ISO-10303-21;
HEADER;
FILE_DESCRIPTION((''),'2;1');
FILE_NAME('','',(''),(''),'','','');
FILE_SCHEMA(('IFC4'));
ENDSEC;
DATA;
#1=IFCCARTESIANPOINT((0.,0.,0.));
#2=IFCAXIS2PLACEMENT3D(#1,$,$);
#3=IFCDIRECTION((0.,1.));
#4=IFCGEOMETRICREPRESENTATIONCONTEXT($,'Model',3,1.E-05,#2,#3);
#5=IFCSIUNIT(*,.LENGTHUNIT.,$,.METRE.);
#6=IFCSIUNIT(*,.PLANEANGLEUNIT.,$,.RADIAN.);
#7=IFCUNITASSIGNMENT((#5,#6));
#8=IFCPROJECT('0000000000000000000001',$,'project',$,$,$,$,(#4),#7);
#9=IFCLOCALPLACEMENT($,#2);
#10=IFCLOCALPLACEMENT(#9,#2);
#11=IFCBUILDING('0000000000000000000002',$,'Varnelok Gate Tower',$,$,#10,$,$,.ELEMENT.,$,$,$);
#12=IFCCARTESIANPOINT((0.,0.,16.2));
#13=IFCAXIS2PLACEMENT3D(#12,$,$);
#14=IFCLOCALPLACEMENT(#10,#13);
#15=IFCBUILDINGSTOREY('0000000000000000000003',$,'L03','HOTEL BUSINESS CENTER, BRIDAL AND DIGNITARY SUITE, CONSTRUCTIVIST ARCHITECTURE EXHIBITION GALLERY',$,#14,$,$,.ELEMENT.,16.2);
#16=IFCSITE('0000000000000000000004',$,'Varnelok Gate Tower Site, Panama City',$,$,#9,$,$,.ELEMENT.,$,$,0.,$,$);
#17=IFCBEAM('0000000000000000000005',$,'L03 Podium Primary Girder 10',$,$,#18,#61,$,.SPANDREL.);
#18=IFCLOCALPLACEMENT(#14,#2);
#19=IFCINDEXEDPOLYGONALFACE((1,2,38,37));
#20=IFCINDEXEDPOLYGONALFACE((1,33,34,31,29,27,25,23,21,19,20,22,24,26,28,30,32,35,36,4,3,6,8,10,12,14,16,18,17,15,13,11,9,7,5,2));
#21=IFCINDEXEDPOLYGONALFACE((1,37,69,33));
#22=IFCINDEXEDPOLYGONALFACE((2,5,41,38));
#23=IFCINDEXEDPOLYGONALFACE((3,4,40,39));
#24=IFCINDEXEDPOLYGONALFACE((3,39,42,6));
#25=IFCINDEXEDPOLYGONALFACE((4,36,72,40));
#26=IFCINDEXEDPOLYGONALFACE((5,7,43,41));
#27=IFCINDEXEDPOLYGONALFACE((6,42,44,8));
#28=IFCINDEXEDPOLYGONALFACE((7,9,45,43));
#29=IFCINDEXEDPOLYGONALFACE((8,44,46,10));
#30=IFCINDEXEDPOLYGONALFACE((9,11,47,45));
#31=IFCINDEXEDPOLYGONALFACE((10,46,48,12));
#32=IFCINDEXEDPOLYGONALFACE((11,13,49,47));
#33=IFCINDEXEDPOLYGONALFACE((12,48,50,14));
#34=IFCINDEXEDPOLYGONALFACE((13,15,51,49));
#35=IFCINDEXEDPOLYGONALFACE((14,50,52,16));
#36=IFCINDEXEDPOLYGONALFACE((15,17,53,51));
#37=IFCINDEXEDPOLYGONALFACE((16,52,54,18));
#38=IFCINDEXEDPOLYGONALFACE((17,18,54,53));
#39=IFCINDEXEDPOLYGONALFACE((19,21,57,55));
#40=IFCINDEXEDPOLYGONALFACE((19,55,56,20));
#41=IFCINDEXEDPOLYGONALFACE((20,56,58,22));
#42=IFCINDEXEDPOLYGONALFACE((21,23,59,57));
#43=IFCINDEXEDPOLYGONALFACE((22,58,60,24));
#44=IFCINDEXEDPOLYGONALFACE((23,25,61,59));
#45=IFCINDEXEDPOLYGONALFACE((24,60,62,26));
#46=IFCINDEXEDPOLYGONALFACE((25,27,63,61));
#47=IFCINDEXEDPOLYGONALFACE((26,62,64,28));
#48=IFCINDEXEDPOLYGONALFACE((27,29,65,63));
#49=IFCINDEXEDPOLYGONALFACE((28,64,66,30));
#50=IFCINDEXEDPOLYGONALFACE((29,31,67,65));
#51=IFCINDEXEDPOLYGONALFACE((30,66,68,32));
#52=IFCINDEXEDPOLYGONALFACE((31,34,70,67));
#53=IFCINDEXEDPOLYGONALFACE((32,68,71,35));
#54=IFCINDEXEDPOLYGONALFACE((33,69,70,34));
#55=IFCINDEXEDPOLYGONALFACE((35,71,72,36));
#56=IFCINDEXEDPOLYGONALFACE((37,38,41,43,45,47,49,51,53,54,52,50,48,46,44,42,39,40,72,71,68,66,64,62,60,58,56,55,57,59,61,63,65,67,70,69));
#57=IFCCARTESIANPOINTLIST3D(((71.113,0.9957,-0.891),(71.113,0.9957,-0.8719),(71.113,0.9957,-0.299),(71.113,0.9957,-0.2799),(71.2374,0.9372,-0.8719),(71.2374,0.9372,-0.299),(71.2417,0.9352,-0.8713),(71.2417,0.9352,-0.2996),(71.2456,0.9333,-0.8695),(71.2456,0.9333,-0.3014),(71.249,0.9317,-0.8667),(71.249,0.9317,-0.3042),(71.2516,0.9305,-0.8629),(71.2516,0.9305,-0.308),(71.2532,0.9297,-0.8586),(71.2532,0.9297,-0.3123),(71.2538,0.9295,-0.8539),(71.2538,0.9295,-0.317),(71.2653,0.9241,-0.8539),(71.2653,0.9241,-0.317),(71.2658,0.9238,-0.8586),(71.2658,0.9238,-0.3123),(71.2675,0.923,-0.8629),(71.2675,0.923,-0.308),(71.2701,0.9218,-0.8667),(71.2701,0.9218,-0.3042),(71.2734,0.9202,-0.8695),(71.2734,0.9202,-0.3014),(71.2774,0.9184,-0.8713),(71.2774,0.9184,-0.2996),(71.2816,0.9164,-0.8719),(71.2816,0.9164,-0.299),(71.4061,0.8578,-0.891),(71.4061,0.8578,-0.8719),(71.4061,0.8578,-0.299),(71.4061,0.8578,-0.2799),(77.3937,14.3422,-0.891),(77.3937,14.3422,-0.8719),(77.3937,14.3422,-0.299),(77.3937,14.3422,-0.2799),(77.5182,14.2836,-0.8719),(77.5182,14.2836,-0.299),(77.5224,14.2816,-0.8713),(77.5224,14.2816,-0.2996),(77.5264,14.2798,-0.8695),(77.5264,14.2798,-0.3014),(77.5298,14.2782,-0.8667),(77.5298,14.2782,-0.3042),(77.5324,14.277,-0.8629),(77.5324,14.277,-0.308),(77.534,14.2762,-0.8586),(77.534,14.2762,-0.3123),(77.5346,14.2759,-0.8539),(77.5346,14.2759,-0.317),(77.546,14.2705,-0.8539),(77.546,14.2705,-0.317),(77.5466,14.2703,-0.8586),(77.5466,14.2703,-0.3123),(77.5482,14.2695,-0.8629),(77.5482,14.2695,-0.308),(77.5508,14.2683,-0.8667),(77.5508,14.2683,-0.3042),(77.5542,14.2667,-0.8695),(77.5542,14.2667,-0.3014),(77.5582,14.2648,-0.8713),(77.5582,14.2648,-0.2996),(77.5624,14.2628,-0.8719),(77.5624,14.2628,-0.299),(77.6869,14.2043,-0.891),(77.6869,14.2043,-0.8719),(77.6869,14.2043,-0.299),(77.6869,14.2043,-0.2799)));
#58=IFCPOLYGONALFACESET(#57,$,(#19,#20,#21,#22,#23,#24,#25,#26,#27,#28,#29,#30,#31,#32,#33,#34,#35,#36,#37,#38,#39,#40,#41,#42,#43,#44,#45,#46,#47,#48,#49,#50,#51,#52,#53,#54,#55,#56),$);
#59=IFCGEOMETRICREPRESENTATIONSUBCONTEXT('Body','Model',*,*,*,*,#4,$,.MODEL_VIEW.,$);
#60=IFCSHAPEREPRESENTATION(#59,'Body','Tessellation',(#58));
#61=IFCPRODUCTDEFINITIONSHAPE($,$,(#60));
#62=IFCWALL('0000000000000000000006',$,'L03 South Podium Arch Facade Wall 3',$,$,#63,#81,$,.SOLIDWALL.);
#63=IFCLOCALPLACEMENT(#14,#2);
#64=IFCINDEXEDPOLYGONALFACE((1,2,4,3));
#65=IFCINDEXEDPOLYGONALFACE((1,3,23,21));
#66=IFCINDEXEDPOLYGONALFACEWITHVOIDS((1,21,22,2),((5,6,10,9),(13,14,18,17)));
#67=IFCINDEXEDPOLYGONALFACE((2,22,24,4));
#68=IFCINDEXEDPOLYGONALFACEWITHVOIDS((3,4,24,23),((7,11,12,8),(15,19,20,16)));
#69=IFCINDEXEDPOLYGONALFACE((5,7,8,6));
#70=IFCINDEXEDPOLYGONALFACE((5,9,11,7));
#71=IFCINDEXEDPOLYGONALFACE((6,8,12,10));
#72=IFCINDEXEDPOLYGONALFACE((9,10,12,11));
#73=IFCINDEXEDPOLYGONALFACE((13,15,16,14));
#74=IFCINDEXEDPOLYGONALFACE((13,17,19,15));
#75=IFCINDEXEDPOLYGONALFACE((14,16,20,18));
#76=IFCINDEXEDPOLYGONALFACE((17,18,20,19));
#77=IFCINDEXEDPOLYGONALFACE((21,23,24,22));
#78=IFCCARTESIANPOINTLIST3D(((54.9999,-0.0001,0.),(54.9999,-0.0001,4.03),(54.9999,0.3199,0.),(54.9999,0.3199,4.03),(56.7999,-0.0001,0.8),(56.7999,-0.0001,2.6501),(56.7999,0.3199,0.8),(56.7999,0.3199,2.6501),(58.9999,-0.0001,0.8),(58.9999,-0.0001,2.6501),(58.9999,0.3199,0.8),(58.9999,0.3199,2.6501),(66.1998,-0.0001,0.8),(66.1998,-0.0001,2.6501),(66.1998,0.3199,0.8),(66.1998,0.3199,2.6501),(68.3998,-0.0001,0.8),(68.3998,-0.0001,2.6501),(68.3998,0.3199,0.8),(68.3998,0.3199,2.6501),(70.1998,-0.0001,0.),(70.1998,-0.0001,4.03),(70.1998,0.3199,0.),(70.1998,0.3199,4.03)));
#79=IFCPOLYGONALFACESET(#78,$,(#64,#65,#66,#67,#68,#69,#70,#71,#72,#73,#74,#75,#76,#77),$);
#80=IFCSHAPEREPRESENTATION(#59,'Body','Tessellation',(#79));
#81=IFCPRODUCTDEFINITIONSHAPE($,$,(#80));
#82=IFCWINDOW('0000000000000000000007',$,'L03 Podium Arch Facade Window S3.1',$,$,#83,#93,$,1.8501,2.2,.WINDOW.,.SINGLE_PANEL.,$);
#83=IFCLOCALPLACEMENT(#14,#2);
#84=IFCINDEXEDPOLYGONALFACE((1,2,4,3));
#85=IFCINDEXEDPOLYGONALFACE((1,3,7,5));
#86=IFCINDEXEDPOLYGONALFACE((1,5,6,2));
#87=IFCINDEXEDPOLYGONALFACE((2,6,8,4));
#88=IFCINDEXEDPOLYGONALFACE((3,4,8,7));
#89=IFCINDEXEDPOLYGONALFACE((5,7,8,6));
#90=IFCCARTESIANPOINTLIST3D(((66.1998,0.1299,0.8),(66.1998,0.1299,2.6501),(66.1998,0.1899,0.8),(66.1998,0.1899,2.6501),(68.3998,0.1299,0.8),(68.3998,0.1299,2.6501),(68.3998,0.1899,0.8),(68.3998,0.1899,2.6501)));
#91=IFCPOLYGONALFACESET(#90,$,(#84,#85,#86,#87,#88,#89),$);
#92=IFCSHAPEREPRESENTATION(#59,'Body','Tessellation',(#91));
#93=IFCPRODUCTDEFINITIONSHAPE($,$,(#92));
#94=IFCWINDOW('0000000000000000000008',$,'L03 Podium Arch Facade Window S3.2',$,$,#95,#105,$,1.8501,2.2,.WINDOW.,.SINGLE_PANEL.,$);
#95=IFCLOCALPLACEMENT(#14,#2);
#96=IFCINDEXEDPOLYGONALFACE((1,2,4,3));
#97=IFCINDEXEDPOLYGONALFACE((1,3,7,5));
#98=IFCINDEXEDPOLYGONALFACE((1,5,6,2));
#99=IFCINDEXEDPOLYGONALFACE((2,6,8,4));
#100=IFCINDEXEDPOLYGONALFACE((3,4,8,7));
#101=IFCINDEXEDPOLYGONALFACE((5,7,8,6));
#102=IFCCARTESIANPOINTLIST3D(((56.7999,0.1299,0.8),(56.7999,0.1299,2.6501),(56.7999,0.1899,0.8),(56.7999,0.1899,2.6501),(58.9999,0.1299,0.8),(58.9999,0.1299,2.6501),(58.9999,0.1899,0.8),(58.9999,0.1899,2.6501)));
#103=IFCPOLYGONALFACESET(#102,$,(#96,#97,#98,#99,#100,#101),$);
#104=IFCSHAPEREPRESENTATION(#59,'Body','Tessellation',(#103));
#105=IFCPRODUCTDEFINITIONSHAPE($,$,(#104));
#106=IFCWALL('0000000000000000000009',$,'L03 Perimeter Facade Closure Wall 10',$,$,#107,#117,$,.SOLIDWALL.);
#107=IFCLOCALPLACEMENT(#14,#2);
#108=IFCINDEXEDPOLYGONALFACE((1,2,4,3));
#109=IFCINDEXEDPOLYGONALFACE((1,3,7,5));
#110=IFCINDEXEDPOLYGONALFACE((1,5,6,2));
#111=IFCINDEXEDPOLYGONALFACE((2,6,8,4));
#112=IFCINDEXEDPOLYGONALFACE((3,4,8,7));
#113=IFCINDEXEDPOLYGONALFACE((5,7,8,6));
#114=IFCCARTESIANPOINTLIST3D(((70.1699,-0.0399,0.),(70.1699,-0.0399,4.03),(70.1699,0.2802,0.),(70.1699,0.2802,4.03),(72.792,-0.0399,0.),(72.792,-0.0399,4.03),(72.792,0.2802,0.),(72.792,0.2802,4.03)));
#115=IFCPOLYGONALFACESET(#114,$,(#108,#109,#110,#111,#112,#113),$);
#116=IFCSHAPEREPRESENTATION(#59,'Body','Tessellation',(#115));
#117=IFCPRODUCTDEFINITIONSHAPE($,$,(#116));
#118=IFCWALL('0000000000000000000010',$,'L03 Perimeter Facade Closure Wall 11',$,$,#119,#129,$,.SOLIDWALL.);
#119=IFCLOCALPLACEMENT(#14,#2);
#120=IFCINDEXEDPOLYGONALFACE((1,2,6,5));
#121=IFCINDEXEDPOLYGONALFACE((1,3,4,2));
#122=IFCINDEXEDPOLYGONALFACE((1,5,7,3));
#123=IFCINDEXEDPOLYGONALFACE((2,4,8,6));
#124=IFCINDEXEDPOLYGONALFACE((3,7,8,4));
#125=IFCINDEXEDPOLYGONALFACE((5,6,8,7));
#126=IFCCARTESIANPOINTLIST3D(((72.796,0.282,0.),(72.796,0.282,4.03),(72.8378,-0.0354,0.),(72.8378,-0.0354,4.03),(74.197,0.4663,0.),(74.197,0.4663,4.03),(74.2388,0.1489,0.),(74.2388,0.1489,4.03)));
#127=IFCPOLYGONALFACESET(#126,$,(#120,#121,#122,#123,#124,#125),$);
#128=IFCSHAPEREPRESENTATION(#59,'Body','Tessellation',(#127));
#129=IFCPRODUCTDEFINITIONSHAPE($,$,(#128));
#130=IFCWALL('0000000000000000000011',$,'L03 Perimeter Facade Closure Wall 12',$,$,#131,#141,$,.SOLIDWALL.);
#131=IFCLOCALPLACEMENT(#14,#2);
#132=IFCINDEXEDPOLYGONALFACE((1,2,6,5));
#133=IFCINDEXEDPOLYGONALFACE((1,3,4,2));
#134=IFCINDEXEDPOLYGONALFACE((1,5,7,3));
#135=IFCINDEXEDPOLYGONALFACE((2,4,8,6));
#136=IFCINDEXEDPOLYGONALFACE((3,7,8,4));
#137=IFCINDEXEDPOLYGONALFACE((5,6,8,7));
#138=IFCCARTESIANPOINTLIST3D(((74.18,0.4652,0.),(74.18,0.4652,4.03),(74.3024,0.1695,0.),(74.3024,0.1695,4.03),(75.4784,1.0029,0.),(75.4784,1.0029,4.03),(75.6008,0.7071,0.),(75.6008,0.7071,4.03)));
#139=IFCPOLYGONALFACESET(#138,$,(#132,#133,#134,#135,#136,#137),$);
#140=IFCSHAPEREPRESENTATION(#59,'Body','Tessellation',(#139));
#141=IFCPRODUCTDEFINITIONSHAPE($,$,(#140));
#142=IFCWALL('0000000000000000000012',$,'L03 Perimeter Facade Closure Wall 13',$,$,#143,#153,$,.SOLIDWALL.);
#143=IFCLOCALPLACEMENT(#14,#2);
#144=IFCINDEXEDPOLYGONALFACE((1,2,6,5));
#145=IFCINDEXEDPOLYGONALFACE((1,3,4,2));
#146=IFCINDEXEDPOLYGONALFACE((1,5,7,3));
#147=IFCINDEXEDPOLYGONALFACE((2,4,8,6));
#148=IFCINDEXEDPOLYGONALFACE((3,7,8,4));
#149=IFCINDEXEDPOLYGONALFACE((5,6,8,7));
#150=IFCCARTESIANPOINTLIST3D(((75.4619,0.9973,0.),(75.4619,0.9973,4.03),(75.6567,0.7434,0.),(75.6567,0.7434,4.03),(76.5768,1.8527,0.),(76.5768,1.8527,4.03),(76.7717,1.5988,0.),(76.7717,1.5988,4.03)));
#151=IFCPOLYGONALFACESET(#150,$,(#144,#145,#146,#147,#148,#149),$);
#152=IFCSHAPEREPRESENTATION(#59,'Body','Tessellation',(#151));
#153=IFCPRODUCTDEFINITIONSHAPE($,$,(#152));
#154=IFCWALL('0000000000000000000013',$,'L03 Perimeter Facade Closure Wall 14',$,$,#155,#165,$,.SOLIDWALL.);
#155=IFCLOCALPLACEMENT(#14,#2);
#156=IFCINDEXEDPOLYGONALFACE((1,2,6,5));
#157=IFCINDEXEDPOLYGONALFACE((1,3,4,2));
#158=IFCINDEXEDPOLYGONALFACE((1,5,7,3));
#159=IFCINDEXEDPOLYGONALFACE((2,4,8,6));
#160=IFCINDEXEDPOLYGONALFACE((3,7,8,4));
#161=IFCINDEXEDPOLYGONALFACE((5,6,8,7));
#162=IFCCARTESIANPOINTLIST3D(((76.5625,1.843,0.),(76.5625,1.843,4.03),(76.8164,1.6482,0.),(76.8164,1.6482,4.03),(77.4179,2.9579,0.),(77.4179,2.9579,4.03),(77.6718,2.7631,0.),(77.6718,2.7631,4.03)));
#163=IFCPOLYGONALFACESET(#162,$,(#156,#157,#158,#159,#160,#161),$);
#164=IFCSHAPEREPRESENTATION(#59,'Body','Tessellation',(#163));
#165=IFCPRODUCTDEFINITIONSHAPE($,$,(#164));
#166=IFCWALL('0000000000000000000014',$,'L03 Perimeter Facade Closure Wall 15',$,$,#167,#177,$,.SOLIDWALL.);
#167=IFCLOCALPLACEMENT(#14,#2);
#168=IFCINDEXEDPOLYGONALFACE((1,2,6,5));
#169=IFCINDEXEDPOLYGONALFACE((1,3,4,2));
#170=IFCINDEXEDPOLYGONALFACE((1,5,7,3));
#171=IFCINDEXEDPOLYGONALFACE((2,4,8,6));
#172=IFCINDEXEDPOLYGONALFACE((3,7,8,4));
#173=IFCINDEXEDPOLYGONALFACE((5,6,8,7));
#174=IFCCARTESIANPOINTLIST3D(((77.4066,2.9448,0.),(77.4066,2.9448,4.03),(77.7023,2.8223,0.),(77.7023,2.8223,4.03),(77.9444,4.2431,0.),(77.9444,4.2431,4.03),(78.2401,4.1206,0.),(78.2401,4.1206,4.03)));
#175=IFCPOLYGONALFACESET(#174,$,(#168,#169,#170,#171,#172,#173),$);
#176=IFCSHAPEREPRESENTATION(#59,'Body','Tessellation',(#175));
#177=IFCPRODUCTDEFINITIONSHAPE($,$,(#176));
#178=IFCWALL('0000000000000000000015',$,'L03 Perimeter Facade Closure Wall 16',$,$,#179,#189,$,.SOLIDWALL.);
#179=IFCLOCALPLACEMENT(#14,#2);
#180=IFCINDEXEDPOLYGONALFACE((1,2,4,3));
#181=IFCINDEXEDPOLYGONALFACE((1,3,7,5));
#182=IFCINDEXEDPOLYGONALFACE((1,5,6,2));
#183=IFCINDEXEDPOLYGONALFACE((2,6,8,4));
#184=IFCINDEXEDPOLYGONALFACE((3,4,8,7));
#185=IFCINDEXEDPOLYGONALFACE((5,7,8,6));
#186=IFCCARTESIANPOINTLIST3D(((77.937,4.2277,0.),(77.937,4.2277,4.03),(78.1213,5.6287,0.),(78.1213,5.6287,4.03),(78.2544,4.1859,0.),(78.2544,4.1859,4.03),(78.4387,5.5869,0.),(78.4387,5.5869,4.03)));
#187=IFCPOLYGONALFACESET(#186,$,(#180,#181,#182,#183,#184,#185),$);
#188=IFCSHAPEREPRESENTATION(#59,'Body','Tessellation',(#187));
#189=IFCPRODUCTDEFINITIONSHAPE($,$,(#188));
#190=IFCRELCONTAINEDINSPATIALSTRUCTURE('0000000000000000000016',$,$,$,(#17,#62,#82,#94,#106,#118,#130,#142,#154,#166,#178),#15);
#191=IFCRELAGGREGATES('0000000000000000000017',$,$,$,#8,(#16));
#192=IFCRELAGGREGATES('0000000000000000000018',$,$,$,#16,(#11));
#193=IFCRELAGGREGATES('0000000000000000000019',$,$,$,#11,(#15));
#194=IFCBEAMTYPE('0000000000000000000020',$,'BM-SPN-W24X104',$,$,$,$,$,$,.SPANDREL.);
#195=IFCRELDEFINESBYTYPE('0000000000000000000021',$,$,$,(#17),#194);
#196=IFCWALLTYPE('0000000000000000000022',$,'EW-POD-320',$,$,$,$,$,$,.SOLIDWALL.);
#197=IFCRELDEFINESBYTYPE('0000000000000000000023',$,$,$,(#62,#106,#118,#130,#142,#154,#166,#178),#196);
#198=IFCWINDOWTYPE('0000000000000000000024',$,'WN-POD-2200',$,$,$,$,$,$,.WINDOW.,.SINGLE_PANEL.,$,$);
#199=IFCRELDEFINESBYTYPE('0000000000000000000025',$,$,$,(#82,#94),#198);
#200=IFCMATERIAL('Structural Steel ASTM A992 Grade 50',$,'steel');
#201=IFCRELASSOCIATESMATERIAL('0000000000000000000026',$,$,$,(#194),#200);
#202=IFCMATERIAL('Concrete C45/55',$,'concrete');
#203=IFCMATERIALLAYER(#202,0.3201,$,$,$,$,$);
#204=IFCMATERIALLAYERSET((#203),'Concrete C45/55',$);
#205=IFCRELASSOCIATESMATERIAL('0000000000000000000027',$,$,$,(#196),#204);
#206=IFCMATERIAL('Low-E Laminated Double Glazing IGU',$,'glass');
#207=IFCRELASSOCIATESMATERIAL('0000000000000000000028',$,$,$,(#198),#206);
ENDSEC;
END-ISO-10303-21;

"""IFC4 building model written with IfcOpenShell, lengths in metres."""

from ifc_helpers import new_model, si_unit, direction, frame, frame_2d, origin, origin_2d, place, context, subcontext, project, spatial, rectangle, i_section, extrude, material, layer, layer_set, material_profile, profile_set, type_object, element, fill, save


model = new_model("IFC4")

# Units and contexts
model_context = context("Model", 3, precision=1e-05, world=origin(), true_north=direction((0.0, 1.0)))
body_context = subcontext(model_context, "Body", "Model", "MODEL_VIEW")
ifc_project = project(units=[si_unit("LENGTHUNIT", "METRE"), si_unit("PLANEANGLEUNIT", "RADIAN")], contexts=[model_context])

# Site, building, storey
site_placement = place(None, origin())
site = spatial("IfcSite", under=ifc_project, at=site_placement, Name="Varnelok Gate Tower Site, Panama City", CompositionType="ELEMENT", RefElevation=0.0)
building_placement = place(site_placement, origin())
building = spatial("IfcBuilding", under=site, at=building_placement, Name="Varnelok Gate Tower", CompositionType="ELEMENT")
storey_placement = place(building_placement, frame((0.0, 0.0, 16.2)))
storey = spatial("IfcBuildingStorey", under=building, at=storey_placement, Name="L03", Description="HOTEL BUSINESS CENTER, BRIDAL AND DIGNITARY SUITE, CONSTRUCTIVIST ARCHITECTURE EXHIBITION GALLERY", CompositionType="ELEMENT", Elevation=16.2)

# Beam
ifc_material_1 = material(Name="Structural Steel ASTM A992 Grade 50", Category="steel")
ifc_material_profile_1 = material_profile(ifc_material_1, i_section(OverallWidth=0.324, OverallDepth=0.6111, WebThickness=0.0127, FlangeThickness=0.019, FilletRadius=0.0181, at=origin_2d()), Name="W24X104")
ifc_profile_set_1 = profile_set([ifc_material_profile_1], Name="Structural Steel ASTM A992 Grade 50")
beam_type_1 = type_object("IfcBeamType", Name="BM-SPN-W24X104", PredefinedType="SPANDREL", material=ifc_profile_set_1)
beam_1_placement = place(storey_placement, frame((71.2595, 0.9268, -0.5854), z_axis=(0.425802, 0.904816, 0.0), x_axis=(-0.904816, 0.425802, 0.0)))
element("IfcBeam", 1, at=beam_1_placement, inside=storey, type_object=beam_type_1, Name="L03 Podium Primary Girder 10", PredefinedType="SPANDREL", context=body_context, shape_type="SweptSolid", body=[
    extrude(i_section(OverallWidth=0.324, OverallDepth=0.6111, WebThickness=0.0127, FlangeThickness=0.019, FilletRadius=0.0181, at=origin_2d()), origin(), (0.0, 0.0, 1.0), 14.7505),
])

# Wall, openings, windows
ifc_material_2 = material(Name="Concrete C45/55", Category="concrete")
ifc_layer_1 = layer(ifc_material_2, 0.3201)
ifc_layer_set_1 = layer_set([ifc_layer_1], Name="Concrete C45/55")
wall_type_1 = type_object("IfcWallType", Name="EW-POD-320", PredefinedType="SOLIDWALL", material=ifc_layer_set_1)
wall_1_placement = place(storey_placement, frame((70.2, 0.1599, 0.0), z_axis=(0.0, 0.0, 1.0), x_axis=(-1.0, 0.0, 0.0)))
wall_1 = element("IfcWall", 2, at=wall_1_placement, inside=storey, type_object=wall_type_1, Name="L03 South Podium Arch Facade Wall 3", PredefinedType="SOLIDWALL", context=body_context, shape_type="SweptSolid", body=[
    extrude(rectangle(XDim=15.2, YDim=0.3201, at=frame_2d((7.6001, 0.0))), origin(), (0.0, 0.0, 1.0), 4.03),
])
opening_1_placement = place(wall_1_placement, frame((1.8, 0.0, 0.8)))
opening_1 = element("IfcOpeningElement", 3, at=opening_1_placement, cuts=wall_1, PredefinedType="OPENING", context=body_context, shape_type="SweptSolid", body=[
    extrude(rectangle(XDim=2.2, YDim=1.8501, at=frame_2d((1.1001, 0.925))), frame((0.0, 0.1699, 0.0), z_axis=(0.0, -1.0, 0.0), x_axis=(1.0, 0.0, 0.0)), (0.0, 0.0, 1.0), 0.3401),
])
opening_2_placement = place(wall_1_placement, frame((11.2, 0.0, 0.8)))
opening_2 = element("IfcOpeningElement", 4, at=opening_2_placement, cuts=wall_1, PredefinedType="OPENING", context=body_context, shape_type="SweptSolid", body=[
    extrude(rectangle(XDim=2.2, YDim=1.8501, at=frame_2d((1.1001, 0.925))), frame((0.0, 0.1699, 0.0), z_axis=(0.0, -1.0, 0.0), x_axis=(1.0, 0.0, 0.0)), (0.0, 0.0, 1.0), 0.3401),
])
ifc_material_3 = material(Name="Low-E Laminated Double Glazing IGU", Category="glass")
window_type_1 = type_object("IfcWindowType", Name="WN-POD-2200", PartitioningType="SINGLE_PANEL", PredefinedType="WINDOW", material=ifc_material_3)
window_1_placement = place(opening_1_placement, origin())
window_1 = element("IfcWindow", 5, at=window_1_placement, inside=storey, type_object=window_type_1, Name="L03 Podium Arch Facade Window S3.1", OverallHeight=1.8501, OverallWidth=2.2, PartitioningType="SINGLE_PANEL", PredefinedType="WINDOW", context=body_context, shape_type="SweptSolid", body=[
    extrude(rectangle(XDim=2.2, YDim=1.8501, at=frame_2d((1.1001, 0.925))), frame((0.0, 0.03, 0.0), z_axis=(0.0, -1.0, 0.0), x_axis=(1.0, 0.0, 0.0)), (0.0, 0.0, 1.0), 0.0601),
])
fill(opening_1, window_1)
window_2_placement = place(opening_2_placement, origin())
window_2 = element("IfcWindow", 6, at=window_2_placement, inside=storey, type_object=window_type_1, Name="L03 Podium Arch Facade Window S3.2", OverallHeight=1.8501, OverallWidth=2.2, PartitioningType="SINGLE_PANEL", PredefinedType="WINDOW", context=body_context, shape_type="SweptSolid", body=[
    extrude(rectangle(XDim=2.2, YDim=1.8501, at=frame_2d((1.1001, 0.925))), frame((0.0, 0.03, 0.0), z_axis=(0.0, -1.0, 0.0), x_axis=(1.0, 0.0, 0.0)), (0.0, 0.0, 1.0), 0.0601),
])
fill(opening_2, window_2)

# Walls
wall_2_placement = place(storey_placement, frame((70.1699, 0.1201, 0.0), z_axis=(0.0, 0.0, 1.0), x_axis=(1.0, 0.0, 0.0)))
element("IfcWall", 7, at=wall_2_placement, inside=storey, type_object=wall_type_1, Name="L03 Perimeter Facade Closure Wall 10", PredefinedType="SOLIDWALL", context=body_context, shape_type="SweptSolid", body=[
    extrude(rectangle(XDim=2.6221, YDim=0.3201, at=frame_2d((1.311, 0.0))), origin(), (0.0, 0.0, 1.0), 4.03),
])
wall_3_placement = place(storey_placement, frame((72.8169, 0.1233, 0.0), z_axis=(0.0, 0.0, 1.0), x_axis=(0.991457, 0.130432, 0.0)))
element("IfcWall", 8, at=wall_3_placement, inside=storey, type_object=wall_type_1, Name="L03 Perimeter Facade Closure Wall 11", PredefinedType="SOLIDWALL", context=body_context, shape_type="SweptSolid", body=[
    extrude(rectangle(XDim=1.4131, YDim=0.3201, at=frame_2d((0.7065, 0.0))), origin(), (0.0, 0.0, 1.0), 4.03),
])
for number, where, z_axis, x_axis, name in (
    (9, (74.2412, 0.3174, 0.0), (0.0, 0.0, 1.0), (0.923928, 0.382567, 0.0), "L03 Perimeter Facade Closure Wall 12"),
    (10, (75.5593, 0.8704, 0.0), (0.0, 0.0, 1.0), (0.793385, 0.60872, 0.0), "L03 Perimeter Facade Closure Wall 13"),
    (11, (76.6895, 1.7456, 0.0), (0.0, 0.0, 1.0), (0.60872, 0.793385, 0.0), "L03 Perimeter Facade Closure Wall 14"),
    (12, (77.5544, 2.8835, 0.0), (0.0, 0.0, 1.0), (0.382715, 0.923866, 0.0), "L03 Perimeter Facade Closure Wall 15"),
):
    element("IfcWall", number, at=place(storey_placement, frame(where, z_axis=z_axis, x_axis=x_axis)), inside=storey, type_object=wall_type_1, Name=name, PredefinedType="SOLIDWALL", context=body_context, shape_type="SweptSolid", body=[
        extrude(rectangle(XDim=1.4053, YDim=0.3201, at=frame_2d((0.7026, 0.0))), origin(), (0.0, 0.0, 1.0), 4.03),
    ])
wall_4_placement = place(storey_placement, frame((78.0957, 4.2068, 0.0), z_axis=(0.0, 0.0, 1.0), x_axis=(0.130432, 0.991457, 0.0)))
element("IfcWall", 13, at=wall_4_placement, inside=storey, type_object=wall_type_1, Name="L03 Perimeter Facade Closure Wall 16", PredefinedType="SOLIDWALL", context=body_context, shape_type="SweptSolid", body=[
    extrude(rectangle(XDim=1.4131, YDim=0.3201, at=frame_2d((0.7065, 0.0))), origin(), (0.0, 0.0, 1.0), 4.03),
])

save(model, "model.ifc")
